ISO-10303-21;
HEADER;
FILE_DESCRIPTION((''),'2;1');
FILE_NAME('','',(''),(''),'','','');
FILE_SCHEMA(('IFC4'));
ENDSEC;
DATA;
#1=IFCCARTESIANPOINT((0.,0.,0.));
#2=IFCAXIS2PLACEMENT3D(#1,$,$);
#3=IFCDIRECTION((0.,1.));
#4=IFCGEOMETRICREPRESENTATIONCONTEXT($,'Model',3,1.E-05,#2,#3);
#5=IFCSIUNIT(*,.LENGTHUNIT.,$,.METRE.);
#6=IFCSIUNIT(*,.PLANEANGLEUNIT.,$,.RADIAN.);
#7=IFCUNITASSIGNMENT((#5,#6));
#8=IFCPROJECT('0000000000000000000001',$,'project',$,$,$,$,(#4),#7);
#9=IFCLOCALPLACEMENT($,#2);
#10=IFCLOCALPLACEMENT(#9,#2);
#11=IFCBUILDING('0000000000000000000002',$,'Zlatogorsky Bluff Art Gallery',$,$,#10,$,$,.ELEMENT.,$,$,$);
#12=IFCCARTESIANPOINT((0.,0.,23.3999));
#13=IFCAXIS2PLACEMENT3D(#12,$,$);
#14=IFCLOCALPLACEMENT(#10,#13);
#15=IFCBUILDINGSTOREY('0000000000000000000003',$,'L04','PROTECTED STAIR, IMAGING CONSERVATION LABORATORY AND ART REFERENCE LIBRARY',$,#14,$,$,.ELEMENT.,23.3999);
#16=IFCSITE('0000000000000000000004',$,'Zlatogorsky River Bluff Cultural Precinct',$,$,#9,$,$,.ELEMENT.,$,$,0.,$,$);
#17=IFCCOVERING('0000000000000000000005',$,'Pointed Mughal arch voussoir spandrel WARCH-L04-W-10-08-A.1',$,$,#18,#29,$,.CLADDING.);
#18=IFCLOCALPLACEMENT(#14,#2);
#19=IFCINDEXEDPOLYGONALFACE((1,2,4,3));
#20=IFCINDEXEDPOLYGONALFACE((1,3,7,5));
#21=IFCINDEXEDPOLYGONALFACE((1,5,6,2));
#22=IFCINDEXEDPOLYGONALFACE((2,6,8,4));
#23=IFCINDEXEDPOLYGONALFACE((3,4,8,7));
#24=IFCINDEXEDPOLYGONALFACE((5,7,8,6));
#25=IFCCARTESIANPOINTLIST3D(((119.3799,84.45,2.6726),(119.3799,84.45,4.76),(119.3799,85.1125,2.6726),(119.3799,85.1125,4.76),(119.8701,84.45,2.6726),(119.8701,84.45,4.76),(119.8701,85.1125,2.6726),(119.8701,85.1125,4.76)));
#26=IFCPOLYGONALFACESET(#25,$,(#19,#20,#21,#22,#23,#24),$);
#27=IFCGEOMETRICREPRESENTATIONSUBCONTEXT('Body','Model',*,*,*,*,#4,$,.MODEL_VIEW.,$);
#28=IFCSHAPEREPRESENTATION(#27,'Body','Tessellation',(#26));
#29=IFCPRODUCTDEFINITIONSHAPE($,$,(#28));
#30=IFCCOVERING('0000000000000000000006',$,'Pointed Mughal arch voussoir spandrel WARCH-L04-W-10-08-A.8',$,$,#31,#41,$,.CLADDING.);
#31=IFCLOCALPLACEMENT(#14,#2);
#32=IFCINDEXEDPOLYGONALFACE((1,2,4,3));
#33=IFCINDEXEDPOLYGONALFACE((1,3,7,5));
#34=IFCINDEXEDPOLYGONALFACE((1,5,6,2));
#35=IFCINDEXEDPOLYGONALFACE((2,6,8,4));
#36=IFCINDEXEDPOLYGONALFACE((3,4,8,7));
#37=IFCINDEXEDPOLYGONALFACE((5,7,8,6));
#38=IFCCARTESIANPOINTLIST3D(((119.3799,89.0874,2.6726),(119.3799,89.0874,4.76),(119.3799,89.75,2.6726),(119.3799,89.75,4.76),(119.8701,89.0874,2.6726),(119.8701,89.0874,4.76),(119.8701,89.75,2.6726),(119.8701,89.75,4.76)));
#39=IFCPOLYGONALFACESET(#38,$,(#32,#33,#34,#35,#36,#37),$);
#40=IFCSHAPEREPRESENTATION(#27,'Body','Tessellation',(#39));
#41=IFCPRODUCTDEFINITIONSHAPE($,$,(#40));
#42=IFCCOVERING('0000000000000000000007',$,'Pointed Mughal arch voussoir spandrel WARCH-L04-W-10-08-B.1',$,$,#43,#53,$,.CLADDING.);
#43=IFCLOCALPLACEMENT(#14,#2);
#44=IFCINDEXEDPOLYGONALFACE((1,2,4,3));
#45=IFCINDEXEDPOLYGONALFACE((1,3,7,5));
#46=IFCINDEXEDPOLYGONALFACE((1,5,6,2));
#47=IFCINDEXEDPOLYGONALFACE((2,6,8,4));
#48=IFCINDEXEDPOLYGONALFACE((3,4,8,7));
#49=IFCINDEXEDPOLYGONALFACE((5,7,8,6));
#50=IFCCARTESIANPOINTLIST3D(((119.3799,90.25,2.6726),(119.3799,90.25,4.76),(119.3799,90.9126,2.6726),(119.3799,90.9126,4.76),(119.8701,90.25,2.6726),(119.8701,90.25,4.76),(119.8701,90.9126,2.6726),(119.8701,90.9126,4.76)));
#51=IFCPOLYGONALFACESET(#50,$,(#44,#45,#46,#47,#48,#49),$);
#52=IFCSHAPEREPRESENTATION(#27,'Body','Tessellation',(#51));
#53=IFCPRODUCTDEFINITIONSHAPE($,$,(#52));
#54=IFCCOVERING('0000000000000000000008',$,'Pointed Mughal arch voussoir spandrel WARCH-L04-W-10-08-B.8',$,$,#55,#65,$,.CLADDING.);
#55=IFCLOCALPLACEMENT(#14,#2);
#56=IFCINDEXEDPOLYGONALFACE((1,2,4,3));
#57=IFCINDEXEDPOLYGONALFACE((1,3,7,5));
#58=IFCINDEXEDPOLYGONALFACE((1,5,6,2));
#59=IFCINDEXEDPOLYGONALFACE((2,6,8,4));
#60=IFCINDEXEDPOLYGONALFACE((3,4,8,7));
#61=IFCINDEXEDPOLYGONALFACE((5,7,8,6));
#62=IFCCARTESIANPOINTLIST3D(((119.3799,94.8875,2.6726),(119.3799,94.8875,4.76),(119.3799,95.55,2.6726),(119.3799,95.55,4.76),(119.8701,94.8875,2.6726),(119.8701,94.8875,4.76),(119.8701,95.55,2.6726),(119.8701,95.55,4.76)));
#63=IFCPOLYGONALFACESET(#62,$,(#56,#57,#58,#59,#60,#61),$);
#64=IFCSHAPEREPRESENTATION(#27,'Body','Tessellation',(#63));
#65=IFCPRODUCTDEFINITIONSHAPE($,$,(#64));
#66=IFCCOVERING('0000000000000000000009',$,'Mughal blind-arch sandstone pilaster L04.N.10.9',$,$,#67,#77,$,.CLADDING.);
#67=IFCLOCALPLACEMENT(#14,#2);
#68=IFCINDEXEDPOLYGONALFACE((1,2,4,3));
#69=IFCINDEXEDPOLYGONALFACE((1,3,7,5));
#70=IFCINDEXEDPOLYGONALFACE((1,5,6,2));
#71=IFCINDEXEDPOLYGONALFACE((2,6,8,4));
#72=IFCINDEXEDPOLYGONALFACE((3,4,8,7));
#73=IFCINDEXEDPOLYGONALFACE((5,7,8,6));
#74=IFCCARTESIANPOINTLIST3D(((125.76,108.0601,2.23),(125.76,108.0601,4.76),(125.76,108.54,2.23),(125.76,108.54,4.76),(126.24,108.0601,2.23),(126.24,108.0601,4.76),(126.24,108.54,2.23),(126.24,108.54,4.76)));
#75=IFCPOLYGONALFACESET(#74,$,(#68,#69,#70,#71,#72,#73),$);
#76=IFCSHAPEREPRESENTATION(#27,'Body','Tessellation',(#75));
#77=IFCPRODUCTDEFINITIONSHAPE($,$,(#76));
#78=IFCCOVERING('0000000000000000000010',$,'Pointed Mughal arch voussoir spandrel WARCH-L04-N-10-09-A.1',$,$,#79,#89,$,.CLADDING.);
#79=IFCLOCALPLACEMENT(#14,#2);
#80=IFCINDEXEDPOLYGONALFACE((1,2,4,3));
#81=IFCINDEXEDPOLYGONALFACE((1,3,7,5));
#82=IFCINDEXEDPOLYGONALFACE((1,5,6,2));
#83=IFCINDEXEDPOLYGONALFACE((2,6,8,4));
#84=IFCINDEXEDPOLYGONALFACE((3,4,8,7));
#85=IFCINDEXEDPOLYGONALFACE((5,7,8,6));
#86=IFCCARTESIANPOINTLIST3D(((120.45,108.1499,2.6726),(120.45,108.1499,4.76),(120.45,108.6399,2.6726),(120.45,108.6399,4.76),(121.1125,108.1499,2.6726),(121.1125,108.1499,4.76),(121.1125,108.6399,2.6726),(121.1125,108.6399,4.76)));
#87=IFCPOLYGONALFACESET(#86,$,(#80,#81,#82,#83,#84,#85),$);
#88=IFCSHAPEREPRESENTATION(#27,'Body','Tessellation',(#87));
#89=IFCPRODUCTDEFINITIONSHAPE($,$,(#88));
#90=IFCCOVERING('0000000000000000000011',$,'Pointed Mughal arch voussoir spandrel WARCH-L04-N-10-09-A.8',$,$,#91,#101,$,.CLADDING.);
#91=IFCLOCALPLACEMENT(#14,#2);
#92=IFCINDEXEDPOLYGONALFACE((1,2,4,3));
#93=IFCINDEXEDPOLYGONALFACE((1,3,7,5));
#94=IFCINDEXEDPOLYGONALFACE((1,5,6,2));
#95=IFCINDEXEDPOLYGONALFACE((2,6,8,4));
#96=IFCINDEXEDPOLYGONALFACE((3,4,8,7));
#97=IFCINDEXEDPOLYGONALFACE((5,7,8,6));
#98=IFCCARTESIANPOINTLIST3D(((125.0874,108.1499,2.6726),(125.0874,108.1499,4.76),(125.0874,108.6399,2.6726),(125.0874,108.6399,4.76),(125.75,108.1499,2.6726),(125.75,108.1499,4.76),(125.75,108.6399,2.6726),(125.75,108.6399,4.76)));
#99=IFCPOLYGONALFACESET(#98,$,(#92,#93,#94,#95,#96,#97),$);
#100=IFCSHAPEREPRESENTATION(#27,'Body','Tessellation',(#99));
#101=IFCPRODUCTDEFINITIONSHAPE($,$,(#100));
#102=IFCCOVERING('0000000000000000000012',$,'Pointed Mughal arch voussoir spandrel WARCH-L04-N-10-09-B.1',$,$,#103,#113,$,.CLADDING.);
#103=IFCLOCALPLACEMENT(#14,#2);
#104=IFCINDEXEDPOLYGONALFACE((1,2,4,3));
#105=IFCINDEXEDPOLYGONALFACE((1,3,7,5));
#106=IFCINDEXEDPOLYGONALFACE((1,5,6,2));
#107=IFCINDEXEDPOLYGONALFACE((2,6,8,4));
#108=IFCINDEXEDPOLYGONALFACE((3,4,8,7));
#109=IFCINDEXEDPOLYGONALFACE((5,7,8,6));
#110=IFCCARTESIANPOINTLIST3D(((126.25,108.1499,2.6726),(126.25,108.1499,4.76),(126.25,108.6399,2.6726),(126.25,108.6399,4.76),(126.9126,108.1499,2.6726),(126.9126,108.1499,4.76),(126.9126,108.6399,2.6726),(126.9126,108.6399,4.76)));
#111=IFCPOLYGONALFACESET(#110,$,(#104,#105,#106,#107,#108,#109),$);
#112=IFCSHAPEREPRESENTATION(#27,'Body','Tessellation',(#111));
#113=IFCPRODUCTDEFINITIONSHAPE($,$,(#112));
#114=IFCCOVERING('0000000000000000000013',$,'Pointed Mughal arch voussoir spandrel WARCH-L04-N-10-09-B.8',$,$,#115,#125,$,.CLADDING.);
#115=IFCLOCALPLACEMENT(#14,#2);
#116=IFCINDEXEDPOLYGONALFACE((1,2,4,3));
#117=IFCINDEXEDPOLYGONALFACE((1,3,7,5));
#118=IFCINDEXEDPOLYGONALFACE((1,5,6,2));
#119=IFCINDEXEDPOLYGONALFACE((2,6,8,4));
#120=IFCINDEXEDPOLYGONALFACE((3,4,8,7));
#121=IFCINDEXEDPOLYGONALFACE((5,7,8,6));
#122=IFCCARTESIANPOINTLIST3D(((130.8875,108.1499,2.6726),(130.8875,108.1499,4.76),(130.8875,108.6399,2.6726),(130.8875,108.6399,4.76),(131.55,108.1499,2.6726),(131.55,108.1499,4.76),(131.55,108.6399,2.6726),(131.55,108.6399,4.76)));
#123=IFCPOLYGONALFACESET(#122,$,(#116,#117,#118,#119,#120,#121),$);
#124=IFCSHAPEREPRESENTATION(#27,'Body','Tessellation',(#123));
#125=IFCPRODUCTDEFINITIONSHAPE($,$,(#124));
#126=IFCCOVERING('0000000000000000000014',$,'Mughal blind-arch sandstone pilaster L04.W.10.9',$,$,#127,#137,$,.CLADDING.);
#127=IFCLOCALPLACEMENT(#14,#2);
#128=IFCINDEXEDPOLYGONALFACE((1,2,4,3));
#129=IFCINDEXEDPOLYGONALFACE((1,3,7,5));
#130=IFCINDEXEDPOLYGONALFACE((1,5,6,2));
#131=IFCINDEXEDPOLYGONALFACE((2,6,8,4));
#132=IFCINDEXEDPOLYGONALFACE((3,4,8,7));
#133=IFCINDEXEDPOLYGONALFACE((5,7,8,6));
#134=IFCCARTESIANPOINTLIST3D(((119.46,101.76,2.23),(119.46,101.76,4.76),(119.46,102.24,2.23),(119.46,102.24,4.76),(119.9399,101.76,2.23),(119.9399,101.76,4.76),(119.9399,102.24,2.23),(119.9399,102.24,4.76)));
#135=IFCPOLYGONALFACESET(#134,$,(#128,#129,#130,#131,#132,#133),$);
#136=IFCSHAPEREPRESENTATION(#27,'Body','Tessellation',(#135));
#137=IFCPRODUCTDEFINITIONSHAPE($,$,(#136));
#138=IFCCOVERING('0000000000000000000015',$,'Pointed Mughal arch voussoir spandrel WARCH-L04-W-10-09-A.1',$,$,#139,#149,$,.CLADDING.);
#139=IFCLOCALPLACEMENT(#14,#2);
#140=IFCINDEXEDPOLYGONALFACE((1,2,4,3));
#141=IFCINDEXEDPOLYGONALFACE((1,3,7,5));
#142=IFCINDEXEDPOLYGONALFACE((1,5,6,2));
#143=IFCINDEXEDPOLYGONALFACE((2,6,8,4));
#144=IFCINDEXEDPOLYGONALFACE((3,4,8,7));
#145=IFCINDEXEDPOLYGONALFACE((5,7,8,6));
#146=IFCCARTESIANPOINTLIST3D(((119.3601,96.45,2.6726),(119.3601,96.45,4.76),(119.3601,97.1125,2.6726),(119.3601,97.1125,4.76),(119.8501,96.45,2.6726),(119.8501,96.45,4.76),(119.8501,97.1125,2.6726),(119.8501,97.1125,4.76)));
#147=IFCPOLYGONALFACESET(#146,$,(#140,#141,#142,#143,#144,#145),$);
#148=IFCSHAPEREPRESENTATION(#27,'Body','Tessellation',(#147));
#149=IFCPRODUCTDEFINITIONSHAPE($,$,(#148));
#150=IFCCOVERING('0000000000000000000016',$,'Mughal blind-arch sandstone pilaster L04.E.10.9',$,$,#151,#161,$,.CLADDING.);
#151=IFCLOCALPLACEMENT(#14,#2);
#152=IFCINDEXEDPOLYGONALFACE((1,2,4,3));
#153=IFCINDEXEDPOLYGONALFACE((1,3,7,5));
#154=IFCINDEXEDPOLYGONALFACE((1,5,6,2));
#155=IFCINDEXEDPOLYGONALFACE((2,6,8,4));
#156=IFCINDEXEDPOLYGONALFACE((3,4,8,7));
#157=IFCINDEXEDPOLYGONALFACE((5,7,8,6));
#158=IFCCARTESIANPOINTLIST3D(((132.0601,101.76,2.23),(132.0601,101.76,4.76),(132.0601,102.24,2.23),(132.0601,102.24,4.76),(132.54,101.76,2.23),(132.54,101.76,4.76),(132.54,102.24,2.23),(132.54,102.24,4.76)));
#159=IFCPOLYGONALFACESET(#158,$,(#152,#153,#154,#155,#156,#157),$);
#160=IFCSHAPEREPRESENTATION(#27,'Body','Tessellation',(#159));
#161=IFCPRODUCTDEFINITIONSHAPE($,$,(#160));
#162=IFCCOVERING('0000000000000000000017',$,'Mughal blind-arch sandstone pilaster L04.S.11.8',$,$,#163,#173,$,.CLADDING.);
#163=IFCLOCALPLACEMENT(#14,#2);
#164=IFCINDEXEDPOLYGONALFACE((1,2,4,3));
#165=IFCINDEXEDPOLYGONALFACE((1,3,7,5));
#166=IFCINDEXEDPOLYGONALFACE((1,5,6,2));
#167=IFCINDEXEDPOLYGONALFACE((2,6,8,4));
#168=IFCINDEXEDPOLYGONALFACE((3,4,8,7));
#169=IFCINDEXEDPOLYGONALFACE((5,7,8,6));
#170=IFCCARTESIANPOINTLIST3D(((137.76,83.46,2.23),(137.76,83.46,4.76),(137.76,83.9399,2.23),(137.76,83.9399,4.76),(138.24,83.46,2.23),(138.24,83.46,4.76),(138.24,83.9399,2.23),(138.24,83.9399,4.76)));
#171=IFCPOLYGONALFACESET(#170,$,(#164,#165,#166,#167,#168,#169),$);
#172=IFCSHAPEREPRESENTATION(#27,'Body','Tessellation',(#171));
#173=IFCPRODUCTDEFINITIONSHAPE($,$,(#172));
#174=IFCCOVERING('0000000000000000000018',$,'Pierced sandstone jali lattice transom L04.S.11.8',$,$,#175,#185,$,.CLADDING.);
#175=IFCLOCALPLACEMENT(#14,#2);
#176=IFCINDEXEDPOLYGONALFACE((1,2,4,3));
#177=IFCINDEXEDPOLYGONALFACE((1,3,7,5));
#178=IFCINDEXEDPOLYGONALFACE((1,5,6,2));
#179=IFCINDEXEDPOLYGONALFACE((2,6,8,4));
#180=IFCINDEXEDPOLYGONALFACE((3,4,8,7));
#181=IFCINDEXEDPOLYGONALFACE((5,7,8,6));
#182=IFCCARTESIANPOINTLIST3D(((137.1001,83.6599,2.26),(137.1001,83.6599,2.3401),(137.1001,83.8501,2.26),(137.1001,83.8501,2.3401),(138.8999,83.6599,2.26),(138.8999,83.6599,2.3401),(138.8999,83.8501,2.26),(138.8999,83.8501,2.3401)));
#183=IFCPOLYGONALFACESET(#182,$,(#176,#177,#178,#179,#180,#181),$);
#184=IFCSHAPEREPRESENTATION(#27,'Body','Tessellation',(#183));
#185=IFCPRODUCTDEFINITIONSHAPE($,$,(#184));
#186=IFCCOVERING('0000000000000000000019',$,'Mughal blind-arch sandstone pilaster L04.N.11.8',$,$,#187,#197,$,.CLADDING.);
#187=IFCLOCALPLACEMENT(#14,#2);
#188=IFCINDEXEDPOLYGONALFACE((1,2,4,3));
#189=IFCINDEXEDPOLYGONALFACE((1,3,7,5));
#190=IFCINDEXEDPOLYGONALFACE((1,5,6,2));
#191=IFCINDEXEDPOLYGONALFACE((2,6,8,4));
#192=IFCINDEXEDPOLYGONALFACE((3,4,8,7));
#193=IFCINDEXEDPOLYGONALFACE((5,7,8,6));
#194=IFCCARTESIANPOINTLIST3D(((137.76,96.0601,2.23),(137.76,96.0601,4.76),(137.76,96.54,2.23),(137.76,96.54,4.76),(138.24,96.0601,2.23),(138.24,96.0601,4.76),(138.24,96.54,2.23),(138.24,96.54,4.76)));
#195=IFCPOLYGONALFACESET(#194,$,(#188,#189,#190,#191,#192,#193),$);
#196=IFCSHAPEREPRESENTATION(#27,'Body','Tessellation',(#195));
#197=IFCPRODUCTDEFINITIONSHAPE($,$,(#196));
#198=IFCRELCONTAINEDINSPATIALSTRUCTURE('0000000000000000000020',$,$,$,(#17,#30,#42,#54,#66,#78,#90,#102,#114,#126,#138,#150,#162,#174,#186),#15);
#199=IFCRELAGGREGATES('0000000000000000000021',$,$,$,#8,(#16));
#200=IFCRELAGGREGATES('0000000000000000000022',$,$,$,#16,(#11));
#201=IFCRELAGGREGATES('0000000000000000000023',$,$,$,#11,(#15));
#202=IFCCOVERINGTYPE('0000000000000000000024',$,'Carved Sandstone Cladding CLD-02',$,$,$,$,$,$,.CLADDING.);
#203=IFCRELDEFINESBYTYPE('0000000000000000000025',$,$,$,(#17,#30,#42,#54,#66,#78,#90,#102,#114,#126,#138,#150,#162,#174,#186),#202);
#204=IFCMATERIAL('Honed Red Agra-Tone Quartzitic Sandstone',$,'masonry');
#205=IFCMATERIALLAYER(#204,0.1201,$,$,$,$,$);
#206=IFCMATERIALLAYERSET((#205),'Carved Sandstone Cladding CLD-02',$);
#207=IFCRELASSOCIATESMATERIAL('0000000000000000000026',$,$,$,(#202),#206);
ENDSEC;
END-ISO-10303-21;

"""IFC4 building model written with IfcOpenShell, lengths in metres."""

from ifc_helpers import new_model, si_unit, direction, frame, origin, place, context, subcontext, project, spatial, polyline, outline, extrude, material, layer, layer_set, type_object, element, save


model = new_model("IFC4")

# Units and contexts
model_context = context("Model", 3, precision=1e-05, world=origin(), true_north=direction((0.0, 1.0)))
body_context = subcontext(model_context, "Body", "Model", "MODEL_VIEW")
ifc_project = project(units=[si_unit("LENGTHUNIT", "METRE"), si_unit("PLANEANGLEUNIT", "RADIAN")], contexts=[model_context])

# Site, building, storey
site_placement = place(None, origin())
site = spatial("IfcSite", under=ifc_project, at=site_placement, Name="Zlatogorsky River Bluff Cultural Precinct", CompositionType="ELEMENT", RefElevation=0.0)
building_placement = place(site_placement, origin())
building = spatial("IfcBuilding", under=site, at=building_placement, Name="Zlatogorsky Bluff Art Gallery", CompositionType="ELEMENT")
storey_placement = place(building_placement, frame((0.0, 0.0, 23.3999)))
storey = spatial("IfcBuildingStorey", under=building, at=storey_placement, Name="L04", Description="PROTECTED STAIR, IMAGING CONSERVATION LABORATORY AND ART REFERENCE LIBRARY", CompositionType="ELEMENT", Elevation=23.3999)

# Coverings
ifc_material = material(Name="Honed Red Agra-Tone Quartzitic Sandstone", Category="masonry")
ifc_layer = layer(ifc_material, 0.1201)
ifc_layer_set = layer_set([ifc_layer], Name="Carved Sandstone Cladding CLD-02")
covering_type = type_object("IfcCoveringType", Name="Carved Sandstone Cladding CLD-02", PredefinedType="CLADDING", material=ifc_layer_set)
covering_1_placement = place(storey_placement, frame((0.0, 0.0, 2.6726)))
element("IfcCovering", 1, at=covering_1_placement, inside=storey, type_object=covering_type, Name="Pointed Mughal arch voussoir spandrel WARCH-L04-W-10-08-A.1", PredefinedType="CLADDING", context=body_context, shape_type="SweptSolid", body=[
    extrude(outline(polyline([(119.3799, 84.45), (119.3799, 85.1125), (119.8701, 85.1125), (119.8701, 84.45), (119.3799, 84.45)])), origin(), (0.0, 0.0, 1.0), 2.0874),
])
covering_2_placement = place(storey_placement, frame((0.0, 0.0, 2.6726)))
element("IfcCovering", 2, at=covering_2_placement, inside=storey, type_object=covering_type, Name="Pointed Mughal arch voussoir spandrel WARCH-L04-W-10-08-A.8", PredefinedType="CLADDING", context=body_context, shape_type="SweptSolid", body=[
    extrude(outline(polyline([(119.3799, 89.0874), (119.3799, 89.75), (119.8701, 89.75), (119.8701, 89.0874), (119.3799, 89.0874)])), origin(), (0.0, 0.0, 1.0), 2.0874),
])
covering_3_placement = place(storey_placement, frame((0.0, 0.0, 2.6726)))
element("IfcCovering", 3, at=covering_3_placement, inside=storey, type_object=covering_type, Name="Pointed Mughal arch voussoir spandrel WARCH-L04-W-10-08-B.1", PredefinedType="CLADDING", context=body_context, shape_type="SweptSolid", body=[
    extrude(outline(polyline([(119.3799, 90.25), (119.3799, 90.9126), (119.8701, 90.9126), (119.8701, 90.25), (119.3799, 90.25)])), origin(), (0.0, 0.0, 1.0), 2.0874),
])
covering_4_placement = place(storey_placement, frame((0.0, 0.0, 2.6726)))
element("IfcCovering", 4, at=covering_4_placement, inside=storey, type_object=covering_type, Name="Pointed Mughal arch voussoir spandrel WARCH-L04-W-10-08-B.8", PredefinedType="CLADDING", context=body_context, shape_type="SweptSolid", body=[
    extrude(outline(polyline([(119.3799, 94.8875), (119.3799, 95.55), (119.8701, 95.55), (119.8701, 94.8875), (119.3799, 94.8875)])), origin(), (0.0, 0.0, 1.0), 2.0874),
])
covering_5_placement = place(storey_placement, frame((0.0, 0.0, 2.23)))
element("IfcCovering", 5, at=covering_5_placement, inside=storey, type_object=covering_type, Name="Mughal blind-arch sandstone pilaster L04.N.10.9", PredefinedType="CLADDING", context=body_context, shape_type="SweptSolid", body=[
    extrude(outline(polyline([(125.76, 108.0601), (126.24, 108.0601), (126.24, 108.54), (125.76, 108.54), (125.76, 108.0601)])), origin(), (0.0, 0.0, 1.0), 2.53),
])
covering_6_placement = place(storey_placement, frame((0.0, 0.0, 2.6726)))
element("IfcCovering", 6, at=covering_6_placement, inside=storey, type_object=covering_type, Name="Pointed Mughal arch voussoir spandrel WARCH-L04-N-10-09-A.1", PredefinedType="CLADDING", context=body_context, shape_type="SweptSolid", body=[
    extrude(outline(polyline([(120.45, 108.1499), (121.1125, 108.1499), (121.1125, 108.6399), (120.45, 108.6399), (120.45, 108.1499)])), origin(), (0.0, 0.0, 1.0), 2.0874),
])
covering_7_placement = place(storey_placement, frame((0.0, 0.0, 2.6726)))
element("IfcCovering", 7, at=covering_7_placement, inside=storey, type_object=covering_type, Name="Pointed Mughal arch voussoir spandrel WARCH-L04-N-10-09-A.8", PredefinedType="CLADDING", context=body_context, shape_type="SweptSolid", body=[
    extrude(outline(polyline([(125.0874, 108.1499), (125.75, 108.1499), (125.75, 108.6399), (125.0874, 108.6399), (125.0874, 108.1499)])), origin(), (0.0, 0.0, 1.0), 2.0874),
])
covering_8_placement = place(storey_placement, frame((0.0, 0.0, 2.6726)))
element("IfcCovering", 8, at=covering_8_placement, inside=storey, type_object=covering_type, Name="Pointed Mughal arch voussoir spandrel WARCH-L04-N-10-09-B.1", PredefinedType="CLADDING", context=body_context, shape_type="SweptSolid", body=[
    extrude(outline(polyline([(126.25, 108.1499), (126.9126, 108.1499), (126.9126, 108.6399), (126.25, 108.6399), (126.25, 108.1499)])), origin(), (0.0, 0.0, 1.0), 2.0874),
])
covering_9_placement = place(storey_placement, frame((0.0, 0.0, 2.6726)))
element("IfcCovering", 9, at=covering_9_placement, inside=storey, type_object=covering_type, Name="Pointed Mughal arch voussoir spandrel WARCH-L04-N-10-09-B.8", PredefinedType="CLADDING", context=body_context, shape_type="SweptSolid", body=[
    extrude(outline(polyline([(130.8875, 108.1499), (131.55, 108.1499), (131.55, 108.6399), (130.8875, 108.6399), (130.8875, 108.1499)])), origin(), (0.0, 0.0, 1.0), 2.0874),
])
covering_10_placement = place(storey_placement, frame((0.0, 0.0, 2.23)))
element("IfcCovering", 10, at=covering_10_placement, inside=storey, type_object=covering_type, Name="Mughal blind-arch sandstone pilaster L04.W.10.9", PredefinedType="CLADDING", context=body_context, shape_type="SweptSolid", body=[
    extrude(outline(polyline([(119.46, 101.76), (119.9399, 101.76), (119.9399, 102.24), (119.46, 102.24), (119.46, 101.76)])), origin(), (0.0, 0.0, 1.0), 2.53),
])
covering_11_placement = place(storey_placement, frame((0.0, 0.0, 2.6726)))
element("IfcCovering", 11, at=covering_11_placement, inside=storey, type_object=covering_type, Name="Pointed Mughal arch voussoir spandrel WARCH-L04-W-10-09-A.1", PredefinedType="CLADDING", context=body_context, shape_type="SweptSolid", body=[
    extrude(outline(polyline([(119.3601, 96.45), (119.3601, 97.1125), (119.8501, 97.1125), (119.8501, 96.45), (119.3601, 96.45)])), origin(), (0.0, 0.0, 1.0), 2.0874),
])
covering_12_placement = place(storey_placement, frame((0.0, 0.0, 2.23)))
element("IfcCovering", 12, at=covering_12_placement, inside=storey, type_object=covering_type, Name="Mughal blind-arch sandstone pilaster L04.E.10.9", PredefinedType="CLADDING", context=body_context, shape_type="SweptSolid", body=[
    extrude(outline(polyline([(132.0601, 101.76), (132.54, 101.76), (132.54, 102.24), (132.0601, 102.24), (132.0601, 101.76)])), origin(), (0.0, 0.0, 1.0), 2.53),
])
covering_13_placement = place(storey_placement, frame((0.0, 0.0, 2.23)))
element("IfcCovering", 13, at=covering_13_placement, inside=storey, type_object=covering_type, Name="Mughal blind-arch sandstone pilaster L04.S.11.8", PredefinedType="CLADDING", context=body_context, shape_type="SweptSolid", body=[
    extrude(outline(polyline([(137.76, 83.46), (138.24, 83.46), (138.24, 83.9399), (137.76, 83.9399), (137.76, 83.46)])), origin(), (0.0, 0.0, 1.0), 2.53),
])
covering_14_placement = place(storey_placement, frame((0.0, 0.0, 2.26)))
element("IfcCovering", 14, at=covering_14_placement, inside=storey, type_object=covering_type, Name="Pierced sandstone jali lattice transom L04.S.11.8", PredefinedType="CLADDING", context=body_context, shape_type="SweptSolid", body=[
    extrude(outline(polyline([(137.1001, 83.6599), (138.8999, 83.6599), (138.8999, 83.8501), (137.1001, 83.8501), (137.1001, 83.6599)])), origin(), (0.0, 0.0, 1.0), 0.0801),
])
covering_15_placement = place(storey_placement, frame((0.0, 0.0, 2.23)))
element("IfcCovering", 15, at=covering_15_placement, inside=storey, type_object=covering_type, Name="Mughal blind-arch sandstone pilaster L04.N.11.8", PredefinedType="CLADDING", context=body_context, shape_type="SweptSolid", body=[
    extrude(outline(polyline([(137.76, 96.0601), (138.24, 96.0601), (138.24, 96.54), (137.76, 96.54), (137.76, 96.0601)])), origin(), (0.0, 0.0, 1.0), 2.53),
])

save(model, "model.ifc")
